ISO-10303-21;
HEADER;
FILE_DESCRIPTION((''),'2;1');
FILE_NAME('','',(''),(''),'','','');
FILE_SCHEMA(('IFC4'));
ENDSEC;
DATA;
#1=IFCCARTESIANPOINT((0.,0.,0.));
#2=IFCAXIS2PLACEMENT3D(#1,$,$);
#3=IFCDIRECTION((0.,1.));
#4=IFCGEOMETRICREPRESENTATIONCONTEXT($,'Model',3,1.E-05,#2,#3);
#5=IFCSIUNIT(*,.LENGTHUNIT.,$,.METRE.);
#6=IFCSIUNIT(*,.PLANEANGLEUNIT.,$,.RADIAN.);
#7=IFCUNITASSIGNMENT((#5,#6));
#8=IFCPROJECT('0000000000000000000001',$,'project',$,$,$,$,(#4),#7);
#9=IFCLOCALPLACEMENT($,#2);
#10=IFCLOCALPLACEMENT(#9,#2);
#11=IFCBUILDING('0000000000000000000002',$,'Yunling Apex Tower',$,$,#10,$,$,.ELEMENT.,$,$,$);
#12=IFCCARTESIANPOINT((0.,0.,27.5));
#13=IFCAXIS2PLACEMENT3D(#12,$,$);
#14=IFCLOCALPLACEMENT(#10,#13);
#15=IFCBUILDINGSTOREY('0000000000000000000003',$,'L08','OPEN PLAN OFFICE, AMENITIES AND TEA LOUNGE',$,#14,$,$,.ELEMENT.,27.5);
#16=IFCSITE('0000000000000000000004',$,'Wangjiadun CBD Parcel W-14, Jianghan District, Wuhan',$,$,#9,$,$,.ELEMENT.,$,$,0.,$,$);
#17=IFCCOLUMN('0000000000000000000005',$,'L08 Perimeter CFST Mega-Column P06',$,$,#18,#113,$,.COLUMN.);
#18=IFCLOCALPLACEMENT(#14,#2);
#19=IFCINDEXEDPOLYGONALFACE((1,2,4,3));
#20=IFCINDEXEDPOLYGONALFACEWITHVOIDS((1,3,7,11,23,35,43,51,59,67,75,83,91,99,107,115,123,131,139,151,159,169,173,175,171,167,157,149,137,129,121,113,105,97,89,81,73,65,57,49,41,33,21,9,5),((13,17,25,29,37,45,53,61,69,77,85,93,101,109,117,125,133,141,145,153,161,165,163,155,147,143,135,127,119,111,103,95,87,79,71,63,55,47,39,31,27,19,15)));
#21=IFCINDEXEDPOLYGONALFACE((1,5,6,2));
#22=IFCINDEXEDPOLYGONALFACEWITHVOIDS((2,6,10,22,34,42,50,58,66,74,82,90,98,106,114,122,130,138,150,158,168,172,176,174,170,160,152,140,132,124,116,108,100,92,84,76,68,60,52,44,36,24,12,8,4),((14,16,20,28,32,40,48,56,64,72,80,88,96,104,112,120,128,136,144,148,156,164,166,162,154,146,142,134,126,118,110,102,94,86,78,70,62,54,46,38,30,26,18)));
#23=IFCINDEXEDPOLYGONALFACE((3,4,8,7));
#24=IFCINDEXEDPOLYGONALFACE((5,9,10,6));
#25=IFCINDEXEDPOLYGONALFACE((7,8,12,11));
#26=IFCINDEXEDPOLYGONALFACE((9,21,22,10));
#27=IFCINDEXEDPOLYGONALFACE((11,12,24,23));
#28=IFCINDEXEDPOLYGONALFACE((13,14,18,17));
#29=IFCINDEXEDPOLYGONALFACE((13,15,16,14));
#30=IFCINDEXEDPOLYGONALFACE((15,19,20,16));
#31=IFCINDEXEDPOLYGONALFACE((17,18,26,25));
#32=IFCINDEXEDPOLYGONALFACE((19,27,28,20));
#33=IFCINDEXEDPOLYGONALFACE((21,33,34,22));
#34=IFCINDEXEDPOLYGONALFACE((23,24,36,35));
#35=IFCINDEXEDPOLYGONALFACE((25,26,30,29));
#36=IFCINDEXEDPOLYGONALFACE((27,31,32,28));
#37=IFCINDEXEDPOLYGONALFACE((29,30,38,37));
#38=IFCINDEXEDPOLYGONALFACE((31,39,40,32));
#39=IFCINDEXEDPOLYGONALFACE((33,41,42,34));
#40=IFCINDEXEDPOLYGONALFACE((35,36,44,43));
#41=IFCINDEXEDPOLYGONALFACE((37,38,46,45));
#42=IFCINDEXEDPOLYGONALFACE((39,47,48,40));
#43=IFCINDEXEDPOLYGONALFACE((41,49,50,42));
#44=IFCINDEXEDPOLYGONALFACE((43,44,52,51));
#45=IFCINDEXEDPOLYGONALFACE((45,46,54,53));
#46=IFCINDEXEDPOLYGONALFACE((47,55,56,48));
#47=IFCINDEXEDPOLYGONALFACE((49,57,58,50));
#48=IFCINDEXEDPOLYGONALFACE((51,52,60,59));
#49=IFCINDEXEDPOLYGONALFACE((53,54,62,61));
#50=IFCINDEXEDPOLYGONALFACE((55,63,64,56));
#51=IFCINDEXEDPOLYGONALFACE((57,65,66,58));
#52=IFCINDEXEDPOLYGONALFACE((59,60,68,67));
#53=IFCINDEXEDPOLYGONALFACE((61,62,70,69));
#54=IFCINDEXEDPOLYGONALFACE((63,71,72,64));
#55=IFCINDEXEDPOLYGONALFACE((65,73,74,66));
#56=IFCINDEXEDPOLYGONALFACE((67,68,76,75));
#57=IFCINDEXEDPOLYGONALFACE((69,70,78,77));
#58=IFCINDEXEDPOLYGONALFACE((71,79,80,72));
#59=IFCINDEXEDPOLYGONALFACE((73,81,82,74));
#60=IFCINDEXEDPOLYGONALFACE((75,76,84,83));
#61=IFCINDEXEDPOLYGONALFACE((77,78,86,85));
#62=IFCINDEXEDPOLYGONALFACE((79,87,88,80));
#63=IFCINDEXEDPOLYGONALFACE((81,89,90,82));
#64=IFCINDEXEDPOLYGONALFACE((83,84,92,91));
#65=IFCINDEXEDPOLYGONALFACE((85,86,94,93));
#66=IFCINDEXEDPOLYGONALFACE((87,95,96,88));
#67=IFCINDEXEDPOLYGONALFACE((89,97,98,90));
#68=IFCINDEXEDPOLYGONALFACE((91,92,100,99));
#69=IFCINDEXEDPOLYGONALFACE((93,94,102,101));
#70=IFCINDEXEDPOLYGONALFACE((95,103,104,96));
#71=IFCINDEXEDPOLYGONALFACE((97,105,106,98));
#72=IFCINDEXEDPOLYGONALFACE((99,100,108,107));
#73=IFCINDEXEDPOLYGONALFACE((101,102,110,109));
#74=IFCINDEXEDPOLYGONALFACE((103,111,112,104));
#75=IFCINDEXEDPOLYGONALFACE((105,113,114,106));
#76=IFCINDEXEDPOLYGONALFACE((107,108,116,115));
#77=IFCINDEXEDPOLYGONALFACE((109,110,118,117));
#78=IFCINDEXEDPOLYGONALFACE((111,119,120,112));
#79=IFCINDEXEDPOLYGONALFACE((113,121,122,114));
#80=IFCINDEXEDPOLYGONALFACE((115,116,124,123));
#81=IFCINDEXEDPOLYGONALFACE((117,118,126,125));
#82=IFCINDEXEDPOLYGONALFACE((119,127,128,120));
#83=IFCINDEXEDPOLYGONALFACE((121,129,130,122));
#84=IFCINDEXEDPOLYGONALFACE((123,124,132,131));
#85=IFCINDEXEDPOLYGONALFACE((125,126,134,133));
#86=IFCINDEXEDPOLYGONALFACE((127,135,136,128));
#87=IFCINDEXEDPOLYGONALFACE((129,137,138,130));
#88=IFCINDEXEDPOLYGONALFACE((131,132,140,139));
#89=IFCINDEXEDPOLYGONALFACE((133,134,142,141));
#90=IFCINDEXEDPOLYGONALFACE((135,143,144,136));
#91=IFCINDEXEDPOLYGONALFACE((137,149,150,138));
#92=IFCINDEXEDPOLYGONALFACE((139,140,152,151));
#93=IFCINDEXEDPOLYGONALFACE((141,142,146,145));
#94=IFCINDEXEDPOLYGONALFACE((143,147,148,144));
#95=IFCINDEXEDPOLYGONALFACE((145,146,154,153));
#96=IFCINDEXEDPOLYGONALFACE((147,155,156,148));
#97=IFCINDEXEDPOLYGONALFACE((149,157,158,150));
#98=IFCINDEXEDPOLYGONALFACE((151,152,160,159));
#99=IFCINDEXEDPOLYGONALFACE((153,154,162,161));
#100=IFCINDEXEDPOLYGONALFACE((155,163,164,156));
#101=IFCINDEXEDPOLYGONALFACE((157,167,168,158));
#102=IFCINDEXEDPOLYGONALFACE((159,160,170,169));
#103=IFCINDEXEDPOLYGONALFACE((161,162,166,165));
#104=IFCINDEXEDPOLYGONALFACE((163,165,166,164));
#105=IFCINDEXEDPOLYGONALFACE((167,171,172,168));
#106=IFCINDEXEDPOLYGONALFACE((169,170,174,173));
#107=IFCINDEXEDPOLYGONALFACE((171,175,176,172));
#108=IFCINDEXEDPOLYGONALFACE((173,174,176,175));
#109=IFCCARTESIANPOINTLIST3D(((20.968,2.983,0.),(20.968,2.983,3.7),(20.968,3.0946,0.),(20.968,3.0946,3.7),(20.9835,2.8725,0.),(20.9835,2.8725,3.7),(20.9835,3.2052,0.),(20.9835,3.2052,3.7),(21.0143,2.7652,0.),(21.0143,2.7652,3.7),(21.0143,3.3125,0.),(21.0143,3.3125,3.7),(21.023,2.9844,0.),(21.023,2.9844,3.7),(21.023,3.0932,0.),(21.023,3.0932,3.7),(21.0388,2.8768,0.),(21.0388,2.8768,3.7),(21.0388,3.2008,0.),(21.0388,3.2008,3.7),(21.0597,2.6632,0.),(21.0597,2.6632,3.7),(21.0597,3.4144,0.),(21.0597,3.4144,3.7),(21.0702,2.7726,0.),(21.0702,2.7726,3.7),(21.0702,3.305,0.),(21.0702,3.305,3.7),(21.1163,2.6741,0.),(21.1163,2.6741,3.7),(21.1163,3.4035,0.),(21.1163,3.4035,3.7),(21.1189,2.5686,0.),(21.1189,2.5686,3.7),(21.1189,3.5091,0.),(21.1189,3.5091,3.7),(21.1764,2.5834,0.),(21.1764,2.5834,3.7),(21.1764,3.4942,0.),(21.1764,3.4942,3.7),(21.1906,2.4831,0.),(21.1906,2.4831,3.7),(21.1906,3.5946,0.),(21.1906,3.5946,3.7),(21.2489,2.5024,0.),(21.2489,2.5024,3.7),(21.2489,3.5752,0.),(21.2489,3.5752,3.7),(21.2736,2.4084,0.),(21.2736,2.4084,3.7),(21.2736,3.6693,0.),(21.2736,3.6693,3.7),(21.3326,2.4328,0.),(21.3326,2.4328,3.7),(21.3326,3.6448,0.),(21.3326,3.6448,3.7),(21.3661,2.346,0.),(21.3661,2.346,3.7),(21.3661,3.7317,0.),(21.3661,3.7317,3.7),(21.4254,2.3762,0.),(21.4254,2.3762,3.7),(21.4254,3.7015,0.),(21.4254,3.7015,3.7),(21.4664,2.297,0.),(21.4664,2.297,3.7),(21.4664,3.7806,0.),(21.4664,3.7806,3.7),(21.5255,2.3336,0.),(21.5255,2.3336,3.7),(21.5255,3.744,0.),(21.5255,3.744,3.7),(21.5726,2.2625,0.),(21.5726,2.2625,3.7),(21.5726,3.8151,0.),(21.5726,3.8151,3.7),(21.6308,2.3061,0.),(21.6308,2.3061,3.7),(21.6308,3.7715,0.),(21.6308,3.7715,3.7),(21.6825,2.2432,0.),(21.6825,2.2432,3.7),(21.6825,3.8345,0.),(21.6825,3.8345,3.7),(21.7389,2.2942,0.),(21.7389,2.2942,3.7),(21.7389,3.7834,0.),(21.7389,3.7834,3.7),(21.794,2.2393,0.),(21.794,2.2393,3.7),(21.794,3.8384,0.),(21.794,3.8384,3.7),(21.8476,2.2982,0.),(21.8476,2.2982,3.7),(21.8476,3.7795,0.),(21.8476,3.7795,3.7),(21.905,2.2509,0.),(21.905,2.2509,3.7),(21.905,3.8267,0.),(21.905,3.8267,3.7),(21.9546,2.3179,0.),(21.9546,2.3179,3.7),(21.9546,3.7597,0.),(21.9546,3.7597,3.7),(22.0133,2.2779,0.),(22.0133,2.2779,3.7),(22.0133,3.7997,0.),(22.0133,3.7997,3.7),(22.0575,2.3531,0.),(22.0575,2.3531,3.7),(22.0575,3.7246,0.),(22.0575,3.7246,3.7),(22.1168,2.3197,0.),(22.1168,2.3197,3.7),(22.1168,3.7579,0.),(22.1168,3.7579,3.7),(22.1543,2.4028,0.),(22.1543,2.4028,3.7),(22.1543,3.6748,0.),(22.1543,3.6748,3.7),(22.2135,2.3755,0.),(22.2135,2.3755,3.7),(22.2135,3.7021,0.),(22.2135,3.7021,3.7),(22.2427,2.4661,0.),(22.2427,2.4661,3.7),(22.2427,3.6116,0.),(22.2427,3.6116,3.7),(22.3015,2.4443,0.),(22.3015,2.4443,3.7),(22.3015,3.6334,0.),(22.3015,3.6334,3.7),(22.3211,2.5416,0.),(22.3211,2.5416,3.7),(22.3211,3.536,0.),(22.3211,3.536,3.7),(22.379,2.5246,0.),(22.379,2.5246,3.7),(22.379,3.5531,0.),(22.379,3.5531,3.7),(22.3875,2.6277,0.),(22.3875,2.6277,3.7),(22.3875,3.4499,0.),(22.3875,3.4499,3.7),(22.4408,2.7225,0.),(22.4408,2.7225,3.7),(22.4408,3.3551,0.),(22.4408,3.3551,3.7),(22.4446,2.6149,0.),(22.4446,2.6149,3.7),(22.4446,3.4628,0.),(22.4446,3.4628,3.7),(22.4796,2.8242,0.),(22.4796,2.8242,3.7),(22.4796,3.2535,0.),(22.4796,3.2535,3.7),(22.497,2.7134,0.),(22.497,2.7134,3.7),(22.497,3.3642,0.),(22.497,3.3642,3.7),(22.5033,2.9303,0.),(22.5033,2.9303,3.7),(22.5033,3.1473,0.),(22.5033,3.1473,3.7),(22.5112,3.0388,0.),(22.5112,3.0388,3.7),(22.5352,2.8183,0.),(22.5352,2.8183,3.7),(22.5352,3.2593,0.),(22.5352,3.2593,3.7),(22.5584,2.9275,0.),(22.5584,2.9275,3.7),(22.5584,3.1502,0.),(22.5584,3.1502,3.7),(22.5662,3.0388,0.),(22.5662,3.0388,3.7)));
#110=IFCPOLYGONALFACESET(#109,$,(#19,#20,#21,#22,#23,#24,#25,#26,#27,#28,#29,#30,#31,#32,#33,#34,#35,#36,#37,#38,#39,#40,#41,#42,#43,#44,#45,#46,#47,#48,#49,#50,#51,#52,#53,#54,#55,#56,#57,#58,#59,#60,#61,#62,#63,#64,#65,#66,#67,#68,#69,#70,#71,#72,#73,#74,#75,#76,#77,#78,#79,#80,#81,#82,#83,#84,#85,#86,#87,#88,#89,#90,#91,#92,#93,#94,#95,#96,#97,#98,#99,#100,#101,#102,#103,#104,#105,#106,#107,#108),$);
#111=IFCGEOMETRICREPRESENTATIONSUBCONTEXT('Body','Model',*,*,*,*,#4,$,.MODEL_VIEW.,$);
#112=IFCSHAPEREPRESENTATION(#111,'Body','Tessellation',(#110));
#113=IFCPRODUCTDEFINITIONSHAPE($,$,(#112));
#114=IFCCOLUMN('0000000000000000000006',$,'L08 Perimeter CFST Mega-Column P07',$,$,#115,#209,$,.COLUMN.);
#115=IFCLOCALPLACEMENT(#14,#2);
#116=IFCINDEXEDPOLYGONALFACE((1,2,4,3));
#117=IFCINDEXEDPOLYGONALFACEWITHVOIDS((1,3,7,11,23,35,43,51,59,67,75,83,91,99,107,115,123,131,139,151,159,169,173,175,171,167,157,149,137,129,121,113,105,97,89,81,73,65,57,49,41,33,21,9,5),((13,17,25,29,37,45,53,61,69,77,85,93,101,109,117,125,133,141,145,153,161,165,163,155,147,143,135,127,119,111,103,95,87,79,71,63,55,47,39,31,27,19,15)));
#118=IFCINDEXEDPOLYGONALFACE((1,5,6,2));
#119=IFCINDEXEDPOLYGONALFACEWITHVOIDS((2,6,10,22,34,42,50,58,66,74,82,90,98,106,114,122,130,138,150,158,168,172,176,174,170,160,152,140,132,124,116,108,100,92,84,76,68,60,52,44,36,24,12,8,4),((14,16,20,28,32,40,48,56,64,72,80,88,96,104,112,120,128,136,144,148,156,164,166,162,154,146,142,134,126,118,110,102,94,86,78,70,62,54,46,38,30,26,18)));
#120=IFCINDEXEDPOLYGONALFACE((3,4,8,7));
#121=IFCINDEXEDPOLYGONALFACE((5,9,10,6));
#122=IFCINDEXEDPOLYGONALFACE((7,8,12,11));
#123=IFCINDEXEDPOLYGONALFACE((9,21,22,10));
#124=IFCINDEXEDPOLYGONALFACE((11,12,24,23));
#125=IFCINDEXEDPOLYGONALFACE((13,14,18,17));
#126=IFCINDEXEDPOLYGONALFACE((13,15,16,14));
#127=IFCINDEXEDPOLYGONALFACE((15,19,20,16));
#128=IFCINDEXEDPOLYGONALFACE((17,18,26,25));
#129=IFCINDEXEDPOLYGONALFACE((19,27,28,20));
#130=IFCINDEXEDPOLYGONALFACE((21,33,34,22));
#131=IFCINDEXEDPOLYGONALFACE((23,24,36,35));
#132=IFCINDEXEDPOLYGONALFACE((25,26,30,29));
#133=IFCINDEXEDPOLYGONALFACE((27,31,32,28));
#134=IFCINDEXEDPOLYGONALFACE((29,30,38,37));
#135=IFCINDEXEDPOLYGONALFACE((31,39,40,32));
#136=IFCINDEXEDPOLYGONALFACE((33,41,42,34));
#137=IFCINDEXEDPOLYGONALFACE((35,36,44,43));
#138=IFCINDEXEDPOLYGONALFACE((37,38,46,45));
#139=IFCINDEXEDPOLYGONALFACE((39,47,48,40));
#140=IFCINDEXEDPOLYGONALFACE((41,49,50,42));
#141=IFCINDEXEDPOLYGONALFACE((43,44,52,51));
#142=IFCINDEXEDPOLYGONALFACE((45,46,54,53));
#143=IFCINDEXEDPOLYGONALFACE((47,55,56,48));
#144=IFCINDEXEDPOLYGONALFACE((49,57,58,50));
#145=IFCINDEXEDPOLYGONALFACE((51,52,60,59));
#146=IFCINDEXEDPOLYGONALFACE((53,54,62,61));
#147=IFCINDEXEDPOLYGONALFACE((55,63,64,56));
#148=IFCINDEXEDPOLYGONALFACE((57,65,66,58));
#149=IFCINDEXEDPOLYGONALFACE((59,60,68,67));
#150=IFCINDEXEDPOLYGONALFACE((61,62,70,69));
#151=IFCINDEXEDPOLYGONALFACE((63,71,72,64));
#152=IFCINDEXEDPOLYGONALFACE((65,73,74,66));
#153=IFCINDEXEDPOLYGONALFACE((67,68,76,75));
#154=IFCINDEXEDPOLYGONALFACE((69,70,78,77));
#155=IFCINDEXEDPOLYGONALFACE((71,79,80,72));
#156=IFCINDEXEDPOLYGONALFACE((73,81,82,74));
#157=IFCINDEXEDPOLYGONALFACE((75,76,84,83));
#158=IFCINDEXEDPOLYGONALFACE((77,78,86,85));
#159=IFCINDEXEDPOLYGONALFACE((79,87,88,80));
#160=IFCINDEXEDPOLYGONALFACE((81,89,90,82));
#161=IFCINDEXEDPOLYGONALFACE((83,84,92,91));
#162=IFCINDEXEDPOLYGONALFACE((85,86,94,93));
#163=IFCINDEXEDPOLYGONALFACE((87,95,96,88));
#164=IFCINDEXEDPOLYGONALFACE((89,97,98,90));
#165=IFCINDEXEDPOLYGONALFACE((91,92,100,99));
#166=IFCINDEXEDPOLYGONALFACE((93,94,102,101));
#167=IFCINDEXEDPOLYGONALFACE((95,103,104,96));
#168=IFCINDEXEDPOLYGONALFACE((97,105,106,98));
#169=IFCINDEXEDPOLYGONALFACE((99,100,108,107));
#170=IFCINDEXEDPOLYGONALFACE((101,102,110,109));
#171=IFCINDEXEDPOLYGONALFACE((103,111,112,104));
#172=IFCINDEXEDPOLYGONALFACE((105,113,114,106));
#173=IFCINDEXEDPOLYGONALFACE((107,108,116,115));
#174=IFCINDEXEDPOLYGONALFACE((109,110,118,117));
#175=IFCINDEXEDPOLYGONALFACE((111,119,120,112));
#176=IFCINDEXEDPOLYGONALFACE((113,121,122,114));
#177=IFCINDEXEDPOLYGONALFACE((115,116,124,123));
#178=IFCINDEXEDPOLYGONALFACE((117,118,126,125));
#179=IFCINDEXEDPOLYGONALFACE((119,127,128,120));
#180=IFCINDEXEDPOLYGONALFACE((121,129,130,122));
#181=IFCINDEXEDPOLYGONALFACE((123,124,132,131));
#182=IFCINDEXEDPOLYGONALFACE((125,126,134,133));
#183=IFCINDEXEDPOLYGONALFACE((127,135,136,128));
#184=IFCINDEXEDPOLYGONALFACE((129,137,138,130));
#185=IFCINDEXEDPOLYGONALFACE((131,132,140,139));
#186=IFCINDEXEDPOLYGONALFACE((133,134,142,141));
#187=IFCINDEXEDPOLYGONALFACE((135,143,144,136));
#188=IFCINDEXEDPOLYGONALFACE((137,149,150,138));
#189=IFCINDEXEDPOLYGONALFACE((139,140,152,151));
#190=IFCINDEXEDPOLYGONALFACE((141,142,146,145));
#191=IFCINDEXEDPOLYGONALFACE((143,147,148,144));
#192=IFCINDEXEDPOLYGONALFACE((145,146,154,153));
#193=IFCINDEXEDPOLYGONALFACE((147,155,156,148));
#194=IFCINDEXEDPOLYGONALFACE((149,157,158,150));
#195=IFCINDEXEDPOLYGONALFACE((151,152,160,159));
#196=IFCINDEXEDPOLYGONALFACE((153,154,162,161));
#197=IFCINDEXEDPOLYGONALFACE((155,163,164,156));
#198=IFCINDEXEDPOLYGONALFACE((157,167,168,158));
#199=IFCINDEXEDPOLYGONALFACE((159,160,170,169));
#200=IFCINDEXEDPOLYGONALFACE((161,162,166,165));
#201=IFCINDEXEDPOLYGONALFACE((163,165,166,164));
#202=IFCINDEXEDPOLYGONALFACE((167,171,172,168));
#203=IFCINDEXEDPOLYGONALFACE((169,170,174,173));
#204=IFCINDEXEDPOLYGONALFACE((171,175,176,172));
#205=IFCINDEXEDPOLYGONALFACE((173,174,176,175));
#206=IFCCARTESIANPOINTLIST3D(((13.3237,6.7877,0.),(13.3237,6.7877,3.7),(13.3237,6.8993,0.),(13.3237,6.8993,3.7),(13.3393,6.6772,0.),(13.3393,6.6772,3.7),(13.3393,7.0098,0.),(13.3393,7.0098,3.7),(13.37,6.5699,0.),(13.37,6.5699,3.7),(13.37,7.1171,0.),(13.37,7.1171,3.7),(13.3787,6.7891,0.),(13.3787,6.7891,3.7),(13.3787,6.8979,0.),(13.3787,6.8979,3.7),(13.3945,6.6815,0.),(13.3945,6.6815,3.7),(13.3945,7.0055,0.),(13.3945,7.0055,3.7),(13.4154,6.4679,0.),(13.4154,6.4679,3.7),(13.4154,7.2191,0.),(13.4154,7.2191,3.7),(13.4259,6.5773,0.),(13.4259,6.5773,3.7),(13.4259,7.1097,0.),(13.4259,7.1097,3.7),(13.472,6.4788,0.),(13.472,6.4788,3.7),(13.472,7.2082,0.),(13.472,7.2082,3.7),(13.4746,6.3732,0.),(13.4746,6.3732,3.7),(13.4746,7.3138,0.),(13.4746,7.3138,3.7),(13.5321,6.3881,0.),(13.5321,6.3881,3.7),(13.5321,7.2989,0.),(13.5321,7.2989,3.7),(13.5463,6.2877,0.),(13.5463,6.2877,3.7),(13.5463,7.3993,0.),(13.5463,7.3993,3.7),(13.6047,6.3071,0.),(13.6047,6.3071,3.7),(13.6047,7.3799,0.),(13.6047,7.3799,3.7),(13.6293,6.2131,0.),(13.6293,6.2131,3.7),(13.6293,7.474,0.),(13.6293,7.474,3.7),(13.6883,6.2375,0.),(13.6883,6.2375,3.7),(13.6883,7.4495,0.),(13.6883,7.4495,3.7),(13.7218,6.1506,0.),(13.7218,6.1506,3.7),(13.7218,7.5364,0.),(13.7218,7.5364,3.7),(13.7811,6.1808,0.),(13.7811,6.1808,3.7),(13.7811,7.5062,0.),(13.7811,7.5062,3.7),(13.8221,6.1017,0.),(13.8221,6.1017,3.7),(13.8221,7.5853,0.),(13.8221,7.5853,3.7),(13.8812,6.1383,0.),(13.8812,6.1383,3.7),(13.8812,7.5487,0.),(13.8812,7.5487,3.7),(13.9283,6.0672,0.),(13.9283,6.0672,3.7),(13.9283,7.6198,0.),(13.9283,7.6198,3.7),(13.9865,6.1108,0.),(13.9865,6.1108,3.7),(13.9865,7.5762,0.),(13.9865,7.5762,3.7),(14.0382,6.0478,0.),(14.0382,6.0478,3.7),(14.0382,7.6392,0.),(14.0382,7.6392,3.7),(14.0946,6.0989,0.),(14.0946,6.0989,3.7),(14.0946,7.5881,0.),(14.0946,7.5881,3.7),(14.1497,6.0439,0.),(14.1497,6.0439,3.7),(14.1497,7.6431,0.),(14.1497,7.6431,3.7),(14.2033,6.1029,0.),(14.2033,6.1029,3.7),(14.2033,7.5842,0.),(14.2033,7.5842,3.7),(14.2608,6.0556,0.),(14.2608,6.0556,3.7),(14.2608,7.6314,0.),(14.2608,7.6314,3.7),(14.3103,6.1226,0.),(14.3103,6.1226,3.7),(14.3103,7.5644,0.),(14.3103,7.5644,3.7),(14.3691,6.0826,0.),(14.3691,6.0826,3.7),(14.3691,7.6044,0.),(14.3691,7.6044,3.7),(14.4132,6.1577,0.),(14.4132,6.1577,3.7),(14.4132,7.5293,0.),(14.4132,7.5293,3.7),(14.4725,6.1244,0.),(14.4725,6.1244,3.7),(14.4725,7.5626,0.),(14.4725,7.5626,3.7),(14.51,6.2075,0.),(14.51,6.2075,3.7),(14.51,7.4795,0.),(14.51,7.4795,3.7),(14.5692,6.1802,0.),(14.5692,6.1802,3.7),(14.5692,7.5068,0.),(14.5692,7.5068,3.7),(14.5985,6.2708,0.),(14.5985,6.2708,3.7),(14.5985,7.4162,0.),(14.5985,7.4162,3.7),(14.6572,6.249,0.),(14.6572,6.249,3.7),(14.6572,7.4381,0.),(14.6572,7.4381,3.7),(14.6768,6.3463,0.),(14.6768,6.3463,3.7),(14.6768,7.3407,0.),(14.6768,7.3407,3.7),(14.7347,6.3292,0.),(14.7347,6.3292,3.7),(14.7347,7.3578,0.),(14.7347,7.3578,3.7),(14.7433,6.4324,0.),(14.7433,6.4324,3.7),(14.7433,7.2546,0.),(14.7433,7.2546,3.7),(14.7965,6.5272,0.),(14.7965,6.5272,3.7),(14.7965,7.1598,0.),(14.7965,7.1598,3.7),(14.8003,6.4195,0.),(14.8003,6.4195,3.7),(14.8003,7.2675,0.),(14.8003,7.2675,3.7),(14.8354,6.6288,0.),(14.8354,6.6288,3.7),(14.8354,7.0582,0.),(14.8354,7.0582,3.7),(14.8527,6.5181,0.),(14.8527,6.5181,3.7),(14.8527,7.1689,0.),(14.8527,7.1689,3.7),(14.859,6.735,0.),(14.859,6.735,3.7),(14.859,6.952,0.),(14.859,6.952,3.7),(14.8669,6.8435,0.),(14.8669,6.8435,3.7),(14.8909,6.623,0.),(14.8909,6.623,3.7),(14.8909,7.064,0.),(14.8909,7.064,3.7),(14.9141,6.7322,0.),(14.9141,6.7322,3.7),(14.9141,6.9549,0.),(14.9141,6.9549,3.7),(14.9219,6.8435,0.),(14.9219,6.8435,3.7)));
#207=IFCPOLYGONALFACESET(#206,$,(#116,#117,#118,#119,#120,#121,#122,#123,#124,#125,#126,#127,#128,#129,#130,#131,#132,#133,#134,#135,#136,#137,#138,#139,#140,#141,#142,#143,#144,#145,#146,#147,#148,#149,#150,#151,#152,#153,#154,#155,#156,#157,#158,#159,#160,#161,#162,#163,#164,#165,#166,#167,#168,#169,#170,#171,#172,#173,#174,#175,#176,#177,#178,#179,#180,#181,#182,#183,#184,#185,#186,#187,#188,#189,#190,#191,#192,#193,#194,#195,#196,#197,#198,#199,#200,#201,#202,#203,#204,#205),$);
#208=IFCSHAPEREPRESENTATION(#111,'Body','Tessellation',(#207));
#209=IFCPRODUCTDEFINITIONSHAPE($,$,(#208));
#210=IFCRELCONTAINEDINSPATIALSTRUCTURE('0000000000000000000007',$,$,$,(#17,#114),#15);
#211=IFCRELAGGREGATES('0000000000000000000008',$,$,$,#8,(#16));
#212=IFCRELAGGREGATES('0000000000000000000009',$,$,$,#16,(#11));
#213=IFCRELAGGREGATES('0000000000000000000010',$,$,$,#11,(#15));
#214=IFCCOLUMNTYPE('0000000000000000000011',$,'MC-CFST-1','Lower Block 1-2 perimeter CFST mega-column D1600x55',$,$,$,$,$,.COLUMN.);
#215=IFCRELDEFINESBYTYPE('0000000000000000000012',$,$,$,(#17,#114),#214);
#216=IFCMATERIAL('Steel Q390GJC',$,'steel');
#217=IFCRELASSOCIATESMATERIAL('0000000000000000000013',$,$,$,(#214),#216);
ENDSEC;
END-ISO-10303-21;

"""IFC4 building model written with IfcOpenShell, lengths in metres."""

from ifc_helpers import new_model, si_unit, direction, frame, origin, origin_2d, place, context, subcontext, project, spatial, hollow_circle, extrude, source, transform, mapped, material, material_profile, profile_set, type_object, element, save


model = new_model("IFC4")

# Units and contexts
model_context = context("Model", 3, precision=1e-05, world=origin(), true_north=direction((0.0, 1.0)))
body_context = subcontext(model_context, "Body", "Model", "MODEL_VIEW")
ifc_project = project(units=[si_unit("LENGTHUNIT", "METRE"), si_unit("PLANEANGLEUNIT", "RADIAN")], contexts=[model_context])

# Site, building, storey
site_placement = place(None, origin())
site = spatial("IfcSite", under=ifc_project, at=site_placement, Name="Wangjiadun CBD Parcel W-14, Jianghan District, Wuhan", CompositionType="ELEMENT", RefElevation=0.0)
building_placement = place(site_placement, origin())
building = spatial("IfcBuilding", under=site, at=building_placement, Name="Yunling Apex Tower", CompositionType="ELEMENT")
storey_placement = place(building_placement, frame((0.0, 0.0, 27.5)))
storey = spatial("IfcBuildingStorey", under=building, at=storey_placement, Name="L08", Description="OPEN PLAN OFFICE, AMENITIES AND TEA LOUNGE", CompositionType="ELEMENT", Elevation=27.5)

# Columns
ifc_material_1 = material(Name="Steel Q390GJC", Category="steel")
ifc_material_profile_1 = material_profile(ifc_material_1, hollow_circle(Radius=0.8, WallThickness=0.0549, at=origin_2d()))
ifc_profile_set_1 = profile_set([ifc_material_profile_1], Name="Steel Q390GJC")
column_type = type_object("IfcColumnType", Name="MC-CFST-1", Description="Lower Block 1-2 perimeter CFST mega-column D1600x55", PredefinedType="COLUMN", material=ifc_profile_set_1)
shared_shape_1 = source(origin(), body_context, "Body", "SweptSolid", [
    extrude(hollow_circle(Radius=0.8, WallThickness=0.0549, at=origin_2d()), origin(), (0.0, 0.0, 1.0), 3.7),
])
for number, where, z_axis, x_axis, name in (
    (1, (21.7661, 3.0388, 0.0), (0.0, 0.0, 1.0), (1.0, 0.0, 0.0), "L08 Perimeter CFST Mega-Column P06"),
    (2, (14.1218, 6.8435, 0.0), (0.0, 0.0, 1.0), (1.0, 0.0, 0.0), "L08 Perimeter CFST Mega-Column P07"),
):
    element("IfcColumn", number, at=place(storey_placement, frame(where, z_axis=z_axis, x_axis=x_axis)), inside=storey, type_object=column_type, Name=name, PredefinedType="COLUMN", context=body_context, shape_type="MappedRepresentation", body=[
        mapped(shared_shape_1, transform((0.0, 0.0, 0.0), scale=1.0)),
    ])

save(model, "model.ifc")
